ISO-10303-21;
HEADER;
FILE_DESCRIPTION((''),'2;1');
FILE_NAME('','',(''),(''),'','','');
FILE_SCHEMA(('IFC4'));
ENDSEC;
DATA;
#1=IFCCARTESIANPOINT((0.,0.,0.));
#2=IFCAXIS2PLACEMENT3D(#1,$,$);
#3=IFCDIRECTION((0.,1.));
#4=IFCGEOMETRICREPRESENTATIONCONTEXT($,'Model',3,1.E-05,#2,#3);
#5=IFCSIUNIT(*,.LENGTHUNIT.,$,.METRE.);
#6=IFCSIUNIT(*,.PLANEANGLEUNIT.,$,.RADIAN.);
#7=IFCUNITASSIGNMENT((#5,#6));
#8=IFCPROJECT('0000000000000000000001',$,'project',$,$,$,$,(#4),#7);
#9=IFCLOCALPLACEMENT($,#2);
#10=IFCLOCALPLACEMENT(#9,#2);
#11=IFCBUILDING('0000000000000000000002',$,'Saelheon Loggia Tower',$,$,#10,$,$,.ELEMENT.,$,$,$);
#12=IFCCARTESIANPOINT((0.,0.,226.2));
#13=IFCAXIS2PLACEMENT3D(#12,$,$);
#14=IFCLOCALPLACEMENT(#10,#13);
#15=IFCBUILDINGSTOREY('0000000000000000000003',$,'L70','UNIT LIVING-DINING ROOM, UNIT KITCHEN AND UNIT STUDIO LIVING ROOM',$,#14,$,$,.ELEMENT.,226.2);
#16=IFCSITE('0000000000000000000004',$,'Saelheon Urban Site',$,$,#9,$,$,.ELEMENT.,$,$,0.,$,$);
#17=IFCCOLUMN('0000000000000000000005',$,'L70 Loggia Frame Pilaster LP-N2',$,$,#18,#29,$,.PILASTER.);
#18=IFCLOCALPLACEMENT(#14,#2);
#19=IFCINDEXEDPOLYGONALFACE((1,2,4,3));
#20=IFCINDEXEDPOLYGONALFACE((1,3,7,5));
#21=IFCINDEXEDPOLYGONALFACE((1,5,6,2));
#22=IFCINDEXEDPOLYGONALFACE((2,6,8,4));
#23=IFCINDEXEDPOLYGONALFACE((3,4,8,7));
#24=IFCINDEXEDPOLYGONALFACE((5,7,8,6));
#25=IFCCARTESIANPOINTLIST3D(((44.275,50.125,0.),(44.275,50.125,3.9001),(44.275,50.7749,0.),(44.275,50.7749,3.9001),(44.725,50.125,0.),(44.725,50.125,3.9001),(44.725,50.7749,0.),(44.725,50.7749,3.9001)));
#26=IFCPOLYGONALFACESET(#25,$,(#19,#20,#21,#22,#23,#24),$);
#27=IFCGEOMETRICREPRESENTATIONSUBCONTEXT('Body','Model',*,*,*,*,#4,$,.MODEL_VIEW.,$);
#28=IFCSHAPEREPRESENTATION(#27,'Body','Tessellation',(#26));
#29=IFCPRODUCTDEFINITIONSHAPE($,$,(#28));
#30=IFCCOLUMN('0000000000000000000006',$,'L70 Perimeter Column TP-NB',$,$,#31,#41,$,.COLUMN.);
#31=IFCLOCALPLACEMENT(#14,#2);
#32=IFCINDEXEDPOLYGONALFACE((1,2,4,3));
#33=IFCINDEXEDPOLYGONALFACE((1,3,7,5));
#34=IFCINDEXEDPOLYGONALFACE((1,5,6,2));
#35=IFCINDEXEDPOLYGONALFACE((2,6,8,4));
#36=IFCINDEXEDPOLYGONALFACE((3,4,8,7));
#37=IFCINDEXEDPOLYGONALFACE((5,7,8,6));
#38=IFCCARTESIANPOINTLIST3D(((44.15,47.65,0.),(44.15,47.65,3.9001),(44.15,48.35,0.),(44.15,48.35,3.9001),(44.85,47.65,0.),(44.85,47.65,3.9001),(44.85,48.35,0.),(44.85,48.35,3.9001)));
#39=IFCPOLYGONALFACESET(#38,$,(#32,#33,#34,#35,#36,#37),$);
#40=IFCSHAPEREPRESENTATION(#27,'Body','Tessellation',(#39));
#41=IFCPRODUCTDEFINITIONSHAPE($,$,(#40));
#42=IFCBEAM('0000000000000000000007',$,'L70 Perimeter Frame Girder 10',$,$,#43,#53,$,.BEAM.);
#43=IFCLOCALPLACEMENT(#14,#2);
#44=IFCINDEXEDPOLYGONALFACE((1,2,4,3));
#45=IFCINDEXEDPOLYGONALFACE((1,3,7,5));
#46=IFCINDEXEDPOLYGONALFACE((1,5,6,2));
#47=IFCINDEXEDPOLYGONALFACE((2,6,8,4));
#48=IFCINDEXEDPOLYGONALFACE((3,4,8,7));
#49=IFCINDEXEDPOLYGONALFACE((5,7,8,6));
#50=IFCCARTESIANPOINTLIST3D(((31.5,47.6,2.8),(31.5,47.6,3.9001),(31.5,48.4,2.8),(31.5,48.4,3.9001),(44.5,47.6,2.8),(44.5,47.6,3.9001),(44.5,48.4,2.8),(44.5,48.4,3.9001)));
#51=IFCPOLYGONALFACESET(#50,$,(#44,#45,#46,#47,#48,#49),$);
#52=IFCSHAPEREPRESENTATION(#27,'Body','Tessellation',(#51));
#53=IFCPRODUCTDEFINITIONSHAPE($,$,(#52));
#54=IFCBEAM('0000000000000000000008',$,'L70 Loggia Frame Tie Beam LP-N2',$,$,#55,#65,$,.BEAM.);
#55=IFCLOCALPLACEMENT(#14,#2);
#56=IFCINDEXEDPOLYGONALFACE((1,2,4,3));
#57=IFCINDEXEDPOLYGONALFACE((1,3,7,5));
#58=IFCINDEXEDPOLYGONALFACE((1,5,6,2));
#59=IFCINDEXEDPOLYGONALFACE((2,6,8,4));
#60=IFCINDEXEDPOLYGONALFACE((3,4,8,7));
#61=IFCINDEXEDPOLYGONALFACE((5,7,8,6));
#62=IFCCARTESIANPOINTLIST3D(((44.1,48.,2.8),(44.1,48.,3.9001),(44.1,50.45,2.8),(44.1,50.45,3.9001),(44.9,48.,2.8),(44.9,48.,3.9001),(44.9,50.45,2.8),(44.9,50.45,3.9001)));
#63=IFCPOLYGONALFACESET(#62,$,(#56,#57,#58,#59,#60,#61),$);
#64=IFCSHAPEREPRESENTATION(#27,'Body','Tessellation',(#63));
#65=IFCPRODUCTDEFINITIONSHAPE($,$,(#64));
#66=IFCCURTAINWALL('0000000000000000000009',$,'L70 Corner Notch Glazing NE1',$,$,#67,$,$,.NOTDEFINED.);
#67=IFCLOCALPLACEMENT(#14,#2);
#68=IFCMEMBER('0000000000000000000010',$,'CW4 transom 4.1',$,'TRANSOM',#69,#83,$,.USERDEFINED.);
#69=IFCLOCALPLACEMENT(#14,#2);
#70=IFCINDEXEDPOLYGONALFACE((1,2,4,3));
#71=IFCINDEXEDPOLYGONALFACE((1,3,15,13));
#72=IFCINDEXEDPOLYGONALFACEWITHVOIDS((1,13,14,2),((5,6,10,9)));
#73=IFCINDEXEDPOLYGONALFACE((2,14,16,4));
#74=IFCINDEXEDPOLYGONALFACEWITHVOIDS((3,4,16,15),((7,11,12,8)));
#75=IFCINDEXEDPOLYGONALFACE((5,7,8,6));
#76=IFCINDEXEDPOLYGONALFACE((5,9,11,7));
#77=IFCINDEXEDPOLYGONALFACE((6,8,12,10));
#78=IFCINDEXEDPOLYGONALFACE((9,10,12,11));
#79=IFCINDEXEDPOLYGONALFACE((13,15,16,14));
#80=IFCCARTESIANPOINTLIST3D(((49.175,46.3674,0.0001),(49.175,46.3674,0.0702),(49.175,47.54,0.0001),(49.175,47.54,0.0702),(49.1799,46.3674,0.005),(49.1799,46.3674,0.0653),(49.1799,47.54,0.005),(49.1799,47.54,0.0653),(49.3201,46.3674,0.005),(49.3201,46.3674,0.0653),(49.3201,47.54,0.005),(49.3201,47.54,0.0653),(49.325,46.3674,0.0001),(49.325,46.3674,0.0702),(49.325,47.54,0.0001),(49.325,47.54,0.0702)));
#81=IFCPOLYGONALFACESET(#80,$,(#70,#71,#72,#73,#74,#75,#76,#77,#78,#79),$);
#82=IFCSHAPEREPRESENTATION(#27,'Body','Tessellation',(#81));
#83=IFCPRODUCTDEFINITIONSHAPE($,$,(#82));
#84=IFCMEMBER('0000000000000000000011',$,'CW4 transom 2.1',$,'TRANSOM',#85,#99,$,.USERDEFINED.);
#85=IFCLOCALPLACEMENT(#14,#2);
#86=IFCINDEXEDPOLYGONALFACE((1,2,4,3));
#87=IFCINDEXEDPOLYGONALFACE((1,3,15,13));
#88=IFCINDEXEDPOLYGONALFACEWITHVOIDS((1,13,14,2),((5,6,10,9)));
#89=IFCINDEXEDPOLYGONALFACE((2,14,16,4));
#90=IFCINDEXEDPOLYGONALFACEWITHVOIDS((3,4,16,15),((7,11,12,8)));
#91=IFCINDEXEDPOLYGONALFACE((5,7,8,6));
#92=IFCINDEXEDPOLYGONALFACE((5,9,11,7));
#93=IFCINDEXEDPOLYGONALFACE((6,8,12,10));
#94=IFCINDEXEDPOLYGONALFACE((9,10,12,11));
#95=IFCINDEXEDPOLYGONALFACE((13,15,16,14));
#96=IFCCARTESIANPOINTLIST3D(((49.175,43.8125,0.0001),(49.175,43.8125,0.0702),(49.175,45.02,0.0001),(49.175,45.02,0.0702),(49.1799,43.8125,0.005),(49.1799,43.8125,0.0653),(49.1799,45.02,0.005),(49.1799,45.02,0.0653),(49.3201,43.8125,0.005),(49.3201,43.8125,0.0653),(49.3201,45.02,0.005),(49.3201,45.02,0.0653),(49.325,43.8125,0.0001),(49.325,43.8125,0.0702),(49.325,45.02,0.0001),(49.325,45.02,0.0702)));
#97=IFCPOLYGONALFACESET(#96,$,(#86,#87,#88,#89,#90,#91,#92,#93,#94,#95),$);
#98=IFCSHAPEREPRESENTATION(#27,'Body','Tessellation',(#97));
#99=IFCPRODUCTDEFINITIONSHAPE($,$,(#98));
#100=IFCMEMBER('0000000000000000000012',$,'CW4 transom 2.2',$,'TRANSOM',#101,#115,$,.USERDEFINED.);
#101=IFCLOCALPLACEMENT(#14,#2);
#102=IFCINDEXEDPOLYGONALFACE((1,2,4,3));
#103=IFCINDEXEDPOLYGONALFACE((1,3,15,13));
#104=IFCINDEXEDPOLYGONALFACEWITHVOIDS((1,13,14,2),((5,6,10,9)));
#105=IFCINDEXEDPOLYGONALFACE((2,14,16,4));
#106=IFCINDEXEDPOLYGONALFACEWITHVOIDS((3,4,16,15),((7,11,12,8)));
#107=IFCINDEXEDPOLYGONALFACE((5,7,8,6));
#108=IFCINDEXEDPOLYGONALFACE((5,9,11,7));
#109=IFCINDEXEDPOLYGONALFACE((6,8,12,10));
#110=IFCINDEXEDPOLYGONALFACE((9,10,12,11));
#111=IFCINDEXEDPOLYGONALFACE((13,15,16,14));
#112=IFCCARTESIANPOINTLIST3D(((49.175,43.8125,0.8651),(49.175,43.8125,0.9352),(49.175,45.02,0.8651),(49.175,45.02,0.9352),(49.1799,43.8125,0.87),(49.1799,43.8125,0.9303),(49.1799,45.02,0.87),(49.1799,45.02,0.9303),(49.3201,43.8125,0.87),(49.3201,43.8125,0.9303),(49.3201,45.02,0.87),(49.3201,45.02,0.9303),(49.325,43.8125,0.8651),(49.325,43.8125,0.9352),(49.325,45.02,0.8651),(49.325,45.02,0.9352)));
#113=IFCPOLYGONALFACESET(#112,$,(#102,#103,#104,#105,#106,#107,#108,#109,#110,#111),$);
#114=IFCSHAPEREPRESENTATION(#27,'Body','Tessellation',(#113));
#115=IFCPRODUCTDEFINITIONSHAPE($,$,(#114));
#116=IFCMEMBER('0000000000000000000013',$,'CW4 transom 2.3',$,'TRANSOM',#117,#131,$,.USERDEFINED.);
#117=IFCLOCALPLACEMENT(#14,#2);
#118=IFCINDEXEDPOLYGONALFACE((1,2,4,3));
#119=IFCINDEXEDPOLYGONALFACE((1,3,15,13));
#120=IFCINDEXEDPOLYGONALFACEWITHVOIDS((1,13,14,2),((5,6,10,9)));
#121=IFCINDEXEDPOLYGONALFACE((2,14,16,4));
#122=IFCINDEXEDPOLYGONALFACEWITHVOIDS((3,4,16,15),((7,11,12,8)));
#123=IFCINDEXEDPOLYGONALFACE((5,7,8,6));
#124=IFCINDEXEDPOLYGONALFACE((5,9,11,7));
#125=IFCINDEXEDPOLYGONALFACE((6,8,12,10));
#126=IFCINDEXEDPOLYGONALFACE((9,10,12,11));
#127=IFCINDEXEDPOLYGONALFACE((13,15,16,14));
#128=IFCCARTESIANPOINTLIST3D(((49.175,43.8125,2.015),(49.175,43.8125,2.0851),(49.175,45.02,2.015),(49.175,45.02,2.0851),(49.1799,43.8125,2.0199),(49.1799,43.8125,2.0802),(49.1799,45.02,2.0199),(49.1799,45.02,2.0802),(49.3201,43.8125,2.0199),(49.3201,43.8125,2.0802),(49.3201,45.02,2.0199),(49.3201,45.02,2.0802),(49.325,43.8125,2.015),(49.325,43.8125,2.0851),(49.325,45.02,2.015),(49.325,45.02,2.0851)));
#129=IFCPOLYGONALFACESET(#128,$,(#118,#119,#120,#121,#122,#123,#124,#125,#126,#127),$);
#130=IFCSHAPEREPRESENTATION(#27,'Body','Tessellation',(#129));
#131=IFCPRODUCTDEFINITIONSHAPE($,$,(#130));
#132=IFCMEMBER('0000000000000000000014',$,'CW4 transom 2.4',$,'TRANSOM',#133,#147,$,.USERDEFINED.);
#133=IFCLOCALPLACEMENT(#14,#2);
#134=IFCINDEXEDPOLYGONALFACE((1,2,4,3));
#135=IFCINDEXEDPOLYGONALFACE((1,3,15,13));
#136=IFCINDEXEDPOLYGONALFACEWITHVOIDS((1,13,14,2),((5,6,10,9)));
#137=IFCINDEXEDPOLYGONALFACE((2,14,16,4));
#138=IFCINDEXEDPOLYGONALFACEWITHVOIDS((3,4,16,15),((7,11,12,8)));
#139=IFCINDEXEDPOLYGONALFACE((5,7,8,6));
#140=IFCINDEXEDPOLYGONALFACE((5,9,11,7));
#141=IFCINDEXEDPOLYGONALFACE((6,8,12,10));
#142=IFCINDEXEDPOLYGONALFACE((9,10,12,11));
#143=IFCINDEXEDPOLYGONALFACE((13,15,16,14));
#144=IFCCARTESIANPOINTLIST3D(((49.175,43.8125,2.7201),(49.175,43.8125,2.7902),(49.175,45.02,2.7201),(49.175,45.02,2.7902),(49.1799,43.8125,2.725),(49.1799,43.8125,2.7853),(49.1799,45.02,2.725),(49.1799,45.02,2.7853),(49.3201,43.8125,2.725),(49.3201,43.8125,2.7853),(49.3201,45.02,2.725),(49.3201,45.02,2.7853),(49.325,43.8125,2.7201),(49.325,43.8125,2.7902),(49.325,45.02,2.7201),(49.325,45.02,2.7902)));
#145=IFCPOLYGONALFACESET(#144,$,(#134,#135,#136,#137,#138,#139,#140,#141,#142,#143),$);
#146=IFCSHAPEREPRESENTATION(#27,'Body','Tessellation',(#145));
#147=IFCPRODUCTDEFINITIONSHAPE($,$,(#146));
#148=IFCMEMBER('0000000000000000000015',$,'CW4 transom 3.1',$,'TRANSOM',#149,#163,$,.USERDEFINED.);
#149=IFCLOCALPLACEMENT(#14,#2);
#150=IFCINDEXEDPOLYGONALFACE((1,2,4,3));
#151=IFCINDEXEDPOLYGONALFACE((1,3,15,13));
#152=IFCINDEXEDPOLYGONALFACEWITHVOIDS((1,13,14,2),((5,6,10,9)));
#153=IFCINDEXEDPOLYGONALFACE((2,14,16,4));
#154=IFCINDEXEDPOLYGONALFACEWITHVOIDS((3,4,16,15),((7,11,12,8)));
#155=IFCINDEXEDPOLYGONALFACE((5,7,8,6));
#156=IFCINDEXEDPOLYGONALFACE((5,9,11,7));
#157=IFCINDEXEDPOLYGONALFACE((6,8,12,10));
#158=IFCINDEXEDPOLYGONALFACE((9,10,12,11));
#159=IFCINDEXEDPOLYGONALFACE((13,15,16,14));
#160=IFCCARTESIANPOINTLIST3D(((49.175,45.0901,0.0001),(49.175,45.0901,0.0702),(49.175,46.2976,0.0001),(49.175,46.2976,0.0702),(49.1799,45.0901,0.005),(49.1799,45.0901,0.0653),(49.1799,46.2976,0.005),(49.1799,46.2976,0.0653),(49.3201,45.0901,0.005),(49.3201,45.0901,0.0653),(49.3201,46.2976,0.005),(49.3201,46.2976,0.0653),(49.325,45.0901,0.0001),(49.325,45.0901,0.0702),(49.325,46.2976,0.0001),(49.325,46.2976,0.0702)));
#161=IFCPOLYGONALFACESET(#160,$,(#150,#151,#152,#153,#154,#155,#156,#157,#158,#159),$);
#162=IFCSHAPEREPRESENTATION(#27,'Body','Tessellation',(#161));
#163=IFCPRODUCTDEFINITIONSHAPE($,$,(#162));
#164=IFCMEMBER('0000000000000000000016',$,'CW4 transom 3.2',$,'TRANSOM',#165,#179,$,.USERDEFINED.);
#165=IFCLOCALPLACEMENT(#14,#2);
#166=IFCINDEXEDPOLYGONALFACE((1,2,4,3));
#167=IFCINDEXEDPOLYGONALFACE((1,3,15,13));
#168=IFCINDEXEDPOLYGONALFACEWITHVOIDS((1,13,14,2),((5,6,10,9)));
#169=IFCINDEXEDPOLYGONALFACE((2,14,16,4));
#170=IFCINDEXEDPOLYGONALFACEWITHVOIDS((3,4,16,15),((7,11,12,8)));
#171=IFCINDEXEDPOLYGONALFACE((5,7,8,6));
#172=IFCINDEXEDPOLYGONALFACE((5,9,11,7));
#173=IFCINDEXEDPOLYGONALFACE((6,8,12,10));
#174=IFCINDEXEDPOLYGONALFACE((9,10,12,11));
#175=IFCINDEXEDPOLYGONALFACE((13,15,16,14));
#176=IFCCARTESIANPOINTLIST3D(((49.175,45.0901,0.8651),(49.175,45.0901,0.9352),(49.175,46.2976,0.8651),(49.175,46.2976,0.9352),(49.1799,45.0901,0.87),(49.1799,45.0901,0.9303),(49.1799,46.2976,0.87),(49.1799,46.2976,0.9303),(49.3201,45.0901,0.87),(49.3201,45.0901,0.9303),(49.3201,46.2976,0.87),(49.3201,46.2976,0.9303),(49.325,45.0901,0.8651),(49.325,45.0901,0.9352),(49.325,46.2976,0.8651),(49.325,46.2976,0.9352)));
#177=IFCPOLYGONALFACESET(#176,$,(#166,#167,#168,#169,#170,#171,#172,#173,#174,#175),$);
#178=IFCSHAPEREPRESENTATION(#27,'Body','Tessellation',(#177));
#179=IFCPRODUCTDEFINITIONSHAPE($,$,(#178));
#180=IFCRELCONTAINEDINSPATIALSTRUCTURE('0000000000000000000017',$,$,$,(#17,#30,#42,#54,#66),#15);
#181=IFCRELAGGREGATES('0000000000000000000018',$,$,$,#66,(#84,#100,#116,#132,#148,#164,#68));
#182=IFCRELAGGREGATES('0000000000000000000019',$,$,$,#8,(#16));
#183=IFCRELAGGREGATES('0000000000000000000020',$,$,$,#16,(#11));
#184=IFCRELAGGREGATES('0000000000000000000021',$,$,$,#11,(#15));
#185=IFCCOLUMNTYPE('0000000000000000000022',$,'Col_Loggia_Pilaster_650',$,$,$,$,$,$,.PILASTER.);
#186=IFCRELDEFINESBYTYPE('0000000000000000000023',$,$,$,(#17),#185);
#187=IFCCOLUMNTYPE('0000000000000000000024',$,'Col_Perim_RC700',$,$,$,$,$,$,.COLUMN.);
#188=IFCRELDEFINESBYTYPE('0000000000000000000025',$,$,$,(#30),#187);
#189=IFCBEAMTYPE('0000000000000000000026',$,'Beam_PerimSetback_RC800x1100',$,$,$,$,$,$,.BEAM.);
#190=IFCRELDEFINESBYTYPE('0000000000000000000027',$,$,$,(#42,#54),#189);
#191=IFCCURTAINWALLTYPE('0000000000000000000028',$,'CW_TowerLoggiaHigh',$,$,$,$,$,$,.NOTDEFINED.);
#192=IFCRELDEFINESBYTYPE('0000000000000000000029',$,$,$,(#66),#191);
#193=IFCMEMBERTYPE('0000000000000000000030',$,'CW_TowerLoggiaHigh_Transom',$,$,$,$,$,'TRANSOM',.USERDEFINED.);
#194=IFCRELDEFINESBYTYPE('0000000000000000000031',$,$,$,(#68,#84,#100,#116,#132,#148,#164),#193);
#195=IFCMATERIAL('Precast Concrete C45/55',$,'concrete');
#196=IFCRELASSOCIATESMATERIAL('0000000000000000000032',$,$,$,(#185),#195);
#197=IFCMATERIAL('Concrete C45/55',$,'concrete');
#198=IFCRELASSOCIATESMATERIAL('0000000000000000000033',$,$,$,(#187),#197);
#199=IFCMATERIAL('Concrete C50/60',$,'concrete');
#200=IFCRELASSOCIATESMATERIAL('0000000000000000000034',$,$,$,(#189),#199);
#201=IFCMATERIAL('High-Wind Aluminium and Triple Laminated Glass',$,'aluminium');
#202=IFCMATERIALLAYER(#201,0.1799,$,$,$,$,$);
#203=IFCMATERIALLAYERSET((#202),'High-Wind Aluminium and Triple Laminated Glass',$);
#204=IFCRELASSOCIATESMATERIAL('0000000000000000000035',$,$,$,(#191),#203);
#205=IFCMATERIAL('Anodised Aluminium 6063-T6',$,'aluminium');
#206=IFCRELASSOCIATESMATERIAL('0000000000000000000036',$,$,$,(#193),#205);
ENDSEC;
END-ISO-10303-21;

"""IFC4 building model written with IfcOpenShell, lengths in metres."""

from ifc_helpers import new_model, si_unit, direction, frame, origin, origin_2d, place, context, subcontext, project, spatial, rectangle, hollow_rectangle, extrude, source, transform, mapped, material, layer, layer_set, material_profile, profile_set, type_object, element, aggregate, save


model = new_model("IFC4")

# Units and contexts
model_context = context("Model", 3, precision=1e-05, world=origin(), true_north=direction((0.0, 1.0)))
body_context = subcontext(model_context, "Body", "Model", "MODEL_VIEW")
ifc_project = project(units=[si_unit("LENGTHUNIT", "METRE"), si_unit("PLANEANGLEUNIT", "RADIAN")], contexts=[model_context])

# Site, building, storey
site_placement = place(None, origin())
site = spatial("IfcSite", under=ifc_project, at=site_placement, Name="Saelheon Urban Site", CompositionType="ELEMENT", RefElevation=0.0)
building_placement = place(site_placement, origin())
building = spatial("IfcBuilding", under=site, at=building_placement, Name="Saelheon Loggia Tower", CompositionType="ELEMENT")
storey_placement = place(building_placement, frame((0.0, 0.0, 226.2)))
storey = spatial("IfcBuildingStorey", under=building, at=storey_placement, Name="L70", Description="UNIT LIVING-DINING ROOM, UNIT KITCHEN AND UNIT STUDIO LIVING ROOM", CompositionType="ELEMENT", Elevation=226.2)

# Columns
ifc_material_1 = material(Name="Precast Concrete C45/55", Category="concrete")
ifc_material_profile_1 = material_profile(ifc_material_1, rectangle(XDim=0.45, YDim=0.6499, at=origin_2d()), Name="RC-450x650")
ifc_profile_set_1 = profile_set([ifc_material_profile_1], Name="Precast Concrete C45/55")
column_type_1 = type_object("IfcColumnType", Name="Col_Loggia_Pilaster_650", PredefinedType="PILASTER", material=ifc_profile_set_1)
shared_shape_1 = source(origin(), body_context, "Body", "SweptSolid", [
    extrude(rectangle(XDim=0.45, YDim=0.6499, at=origin_2d()), origin(), (0.0, 0.0, 1.0), 3.9001),
])
column_1_placement = place(storey_placement, frame((44.5, 50.45, 0.0), z_axis=(0.0, 0.0, 1.0), x_axis=(1.0, 0.0, 0.0)))
element("IfcColumn", 1, at=column_1_placement, inside=storey, type_object=column_type_1, Name="L70 Loggia Frame Pilaster LP-N2", PredefinedType="PILASTER", context=body_context, shape_type="MappedRepresentation", body=[
    mapped(shared_shape_1, transform((0.0, 0.0, 0.0), scale=1.0)),
])
ifc_material_2 = material(Name="Concrete C45/55", Category="concrete")
ifc_material_profile_2 = material_profile(ifc_material_2, rectangle(XDim=0.7, YDim=0.7, at=origin_2d()), Name="RC-700x700")
ifc_profile_set_2 = profile_set([ifc_material_profile_2], Name="Concrete C45/55")
column_type_2 = type_object("IfcColumnType", Name="Col_Perim_RC700", PredefinedType="COLUMN", material=ifc_profile_set_2)
shared_shape_2 = source(origin(), body_context, "Body", "SweptSolid", [
    extrude(rectangle(XDim=0.7, YDim=0.7, at=origin_2d()), origin(), (0.0, 0.0, 1.0), 3.9001),
])
column_2_placement = place(storey_placement, frame((44.5, 48.0, 0.0), z_axis=(0.0, 0.0, 1.0), x_axis=(1.0, 0.0, 0.0)))
element("IfcColumn", 2, at=column_2_placement, inside=storey, type_object=column_type_2, Name="L70 Perimeter Column TP-NB", PredefinedType="COLUMN", context=body_context, shape_type="MappedRepresentation", body=[
    mapped(shared_shape_2, transform((0.0, 0.0, 0.0), scale=1.0)),
])

# Beams
ifc_material_3 = material(Name="Concrete C50/60", Category="concrete")
ifc_material_profile_3 = material_profile(ifc_material_3, rectangle(XDim=0.8, YDim=1.1001, at=origin_2d()), Name="RC-800x1100")
ifc_profile_set_3 = profile_set([ifc_material_profile_3], Name="Concrete C50/60")
beam_type = type_object("IfcBeamType", Name="Beam_PerimSetback_RC800x1100", PredefinedType="BEAM", material=ifc_profile_set_3)
shared_shape_3 = source(origin(), body_context, "Body", "SweptSolid", [
    extrude(rectangle(XDim=0.8, YDim=1.1001, at=origin_2d()), origin(), (0.0, 0.0, 1.0), 13.0),
])
beam_1_placement = place(storey_placement, frame((44.5, 48.0, 3.3501), z_axis=(-1.0, 0.0, 0.0), x_axis=(0.0, -1.0, 0.0)))
element("IfcBeam", 3, at=beam_1_placement, inside=storey, type_object=beam_type, Name="L70 Perimeter Frame Girder 10", PredefinedType="BEAM", context=body_context, shape_type="MappedRepresentation", body=[
    mapped(shared_shape_3, transform((0.0, 0.0, 0.0), scale=1.0)),
])
shared_shape_4 = source(origin(), body_context, "Body", "SweptSolid", [
    extrude(rectangle(XDim=0.8, YDim=1.1001, at=origin_2d()), origin(), (0.0, 0.0, 1.0), 2.45),
])
beam_2_placement = place(storey_placement, frame((44.5, 48.0, 3.3501), z_axis=(0.0, 1.0, 0.0), x_axis=(-1.0, 0.0, 0.0)))
element("IfcBeam", 4, at=beam_2_placement, inside=storey, type_object=beam_type, Name="L70 Loggia Frame Tie Beam LP-N2", PredefinedType="BEAM", context=body_context, shape_type="MappedRepresentation", body=[
    mapped(shared_shape_4, transform((0.0, 0.0, 0.0), scale=1.0)),
])

# Curtain wall, members
ifc_material_4 = material(Name="High-Wind Aluminium and Triple Laminated Glass", Category="aluminium")
ifc_layer_1 = layer(ifc_material_4, 0.1799)
ifc_layer_set_1 = layer_set([ifc_layer_1], Name="High-Wind Aluminium and Triple Laminated Glass")
curtain_wall_type = type_object("IfcCurtainWallType", Name="CW_TowerLoggiaHigh", PredefinedType="NOTDEFINED", material=ifc_layer_set_1)
curtain_wall_placement = place(storey_placement, origin())
curtain_wall = element("IfcCurtainWall", 5, at=curtain_wall_placement, inside=storey, type_object=curtain_wall_type, Name="L70 Corner Notch Glazing NE1", PredefinedType="NOTDEFINED")
ifc_material_5 = material(Name="Anodised Aluminium 6063-T6", Category="aluminium")
ifc_material_profile_4 = material_profile(ifc_material_5, hollow_rectangle(XDim=0.0701, YDim=0.1499, WallThickness=0.0049, at=origin_2d()), Name="RHS-150x70x5")
ifc_profile_set_4 = profile_set([ifc_material_profile_4], Name="Anodised Aluminium 6063-T6")
member_type_1 = type_object("IfcMemberType", Name="CW_TowerLoggiaHigh_Transom", ElementType="TRANSOM", PredefinedType="USERDEFINED", material=ifc_profile_set_4)
shared_shape_5 = source(origin(), body_context, "Body", "SweptSolid", [
    extrude(hollow_rectangle(XDim=0.0701, YDim=0.1499, WallThickness=0.0049, at=origin_2d()), origin(), (0.0, 0.0, 1.0), 1.1726),
])
member_1_placement = place(storey_placement, frame((49.25, 46.3674, 0.0352), z_axis=(0.0, 1.0, 0.0), x_axis=(0.0, 0.0, 1.0)))
member_1 = element("IfcMember", 6, at=member_1_placement, type_object=member_type_1, Name="CW4 transom 4.1", ObjectType="TRANSOM", PredefinedType="USERDEFINED", context=body_context, shape_type="MappedRepresentation", body=[
    mapped(shared_shape_5, transform((0.0, 0.0, 0.0), scale=1.0)),
])
shared_shape_6 = source(origin(), body_context, "Body", "SweptSolid", [
    extrude(hollow_rectangle(XDim=0.0701, YDim=0.1499, WallThickness=0.0049, at=origin_2d()), origin(), (0.0, 0.0, 1.0), 1.2075),
])
member_2_placement = place(storey_placement, frame((49.25, 43.8125, 0.0352), z_axis=(0.0, 1.0, 0.0), x_axis=(0.0, 0.0, 1.0)))
member_2 = element("IfcMember", 7, at=member_2_placement, type_object=member_type_1, Name="CW4 transom 2.1", ObjectType="TRANSOM", PredefinedType="USERDEFINED", context=body_context, shape_type="MappedRepresentation", body=[
    mapped(shared_shape_6, transform((0.0, 0.0, 0.0), scale=1.0)),
])
member_3_placement = place(storey_placement, frame((49.25, 43.8125, 0.9001), z_axis=(0.0, 1.0, 0.0), x_axis=(0.0, 0.0, 1.0)))
member_3 = element("IfcMember", 8, at=member_3_placement, type_object=member_type_1, Name="CW4 transom 2.2", ObjectType="TRANSOM", PredefinedType="USERDEFINED", context=body_context, shape_type="MappedRepresentation", body=[
    mapped(shared_shape_6, transform((0.0, 0.0, 0.0), scale=1.0)),
])
member_4_placement = place(storey_placement, frame((49.25, 43.8125, 2.05), z_axis=(0.0, 1.0, 0.0), x_axis=(0.0, 0.0, 1.0)))
member_4 = element("IfcMember", 9, at=member_4_placement, type_object=member_type_1, Name="CW4 transom 2.3", ObjectType="TRANSOM", PredefinedType="USERDEFINED", context=body_context, shape_type="MappedRepresentation", body=[
    mapped(shared_shape_6, transform((0.0, 0.0, 0.0), scale=1.0)),
])
member_5_placement = place(storey_placement, frame((49.25, 43.8125, 2.7551), z_axis=(0.0, 1.0, 0.0), x_axis=(0.0, 0.0, 1.0)))
member_5 = element("IfcMember", 10, at=member_5_placement, type_object=member_type_1, Name="CW4 transom 2.4", ObjectType="TRANSOM", PredefinedType="USERDEFINED", context=body_context, shape_type="MappedRepresentation", body=[
    mapped(shared_shape_6, transform((0.0, 0.0, 0.0), scale=1.0)),
])
member_6_placement = place(storey_placement, frame((49.25, 45.0901, 0.0352), z_axis=(0.0, 1.0, 0.0), x_axis=(0.0, 0.0, 1.0)))
member_6 = element("IfcMember", 11, at=member_6_placement, type_object=member_type_1, Name="CW4 transom 3.1", ObjectType="TRANSOM", PredefinedType="USERDEFINED", context=body_context, shape_type="MappedRepresentation", body=[
    mapped(shared_shape_6, transform((0.0, 0.0, 0.0), scale=1.0)),
])
member_7_placement = place(storey_placement, frame((49.25, 45.0901, 0.9001), z_axis=(0.0, 1.0, 0.0), x_axis=(0.0, 0.0, 1.0)))
member_7 = element("IfcMember", 12, at=member_7_placement, type_object=member_type_1, Name="CW4 transom 3.2", ObjectType="TRANSOM", PredefinedType="USERDEFINED", context=body_context, shape_type="MappedRepresentation", body=[
    mapped(shared_shape_6, transform((0.0, 0.0, 0.0), scale=1.0)),
])
aggregate(curtain_wall, [member_2, member_3, member_4, member_5, member_6, member_7, member_1])

save(model, "model.ifc")
